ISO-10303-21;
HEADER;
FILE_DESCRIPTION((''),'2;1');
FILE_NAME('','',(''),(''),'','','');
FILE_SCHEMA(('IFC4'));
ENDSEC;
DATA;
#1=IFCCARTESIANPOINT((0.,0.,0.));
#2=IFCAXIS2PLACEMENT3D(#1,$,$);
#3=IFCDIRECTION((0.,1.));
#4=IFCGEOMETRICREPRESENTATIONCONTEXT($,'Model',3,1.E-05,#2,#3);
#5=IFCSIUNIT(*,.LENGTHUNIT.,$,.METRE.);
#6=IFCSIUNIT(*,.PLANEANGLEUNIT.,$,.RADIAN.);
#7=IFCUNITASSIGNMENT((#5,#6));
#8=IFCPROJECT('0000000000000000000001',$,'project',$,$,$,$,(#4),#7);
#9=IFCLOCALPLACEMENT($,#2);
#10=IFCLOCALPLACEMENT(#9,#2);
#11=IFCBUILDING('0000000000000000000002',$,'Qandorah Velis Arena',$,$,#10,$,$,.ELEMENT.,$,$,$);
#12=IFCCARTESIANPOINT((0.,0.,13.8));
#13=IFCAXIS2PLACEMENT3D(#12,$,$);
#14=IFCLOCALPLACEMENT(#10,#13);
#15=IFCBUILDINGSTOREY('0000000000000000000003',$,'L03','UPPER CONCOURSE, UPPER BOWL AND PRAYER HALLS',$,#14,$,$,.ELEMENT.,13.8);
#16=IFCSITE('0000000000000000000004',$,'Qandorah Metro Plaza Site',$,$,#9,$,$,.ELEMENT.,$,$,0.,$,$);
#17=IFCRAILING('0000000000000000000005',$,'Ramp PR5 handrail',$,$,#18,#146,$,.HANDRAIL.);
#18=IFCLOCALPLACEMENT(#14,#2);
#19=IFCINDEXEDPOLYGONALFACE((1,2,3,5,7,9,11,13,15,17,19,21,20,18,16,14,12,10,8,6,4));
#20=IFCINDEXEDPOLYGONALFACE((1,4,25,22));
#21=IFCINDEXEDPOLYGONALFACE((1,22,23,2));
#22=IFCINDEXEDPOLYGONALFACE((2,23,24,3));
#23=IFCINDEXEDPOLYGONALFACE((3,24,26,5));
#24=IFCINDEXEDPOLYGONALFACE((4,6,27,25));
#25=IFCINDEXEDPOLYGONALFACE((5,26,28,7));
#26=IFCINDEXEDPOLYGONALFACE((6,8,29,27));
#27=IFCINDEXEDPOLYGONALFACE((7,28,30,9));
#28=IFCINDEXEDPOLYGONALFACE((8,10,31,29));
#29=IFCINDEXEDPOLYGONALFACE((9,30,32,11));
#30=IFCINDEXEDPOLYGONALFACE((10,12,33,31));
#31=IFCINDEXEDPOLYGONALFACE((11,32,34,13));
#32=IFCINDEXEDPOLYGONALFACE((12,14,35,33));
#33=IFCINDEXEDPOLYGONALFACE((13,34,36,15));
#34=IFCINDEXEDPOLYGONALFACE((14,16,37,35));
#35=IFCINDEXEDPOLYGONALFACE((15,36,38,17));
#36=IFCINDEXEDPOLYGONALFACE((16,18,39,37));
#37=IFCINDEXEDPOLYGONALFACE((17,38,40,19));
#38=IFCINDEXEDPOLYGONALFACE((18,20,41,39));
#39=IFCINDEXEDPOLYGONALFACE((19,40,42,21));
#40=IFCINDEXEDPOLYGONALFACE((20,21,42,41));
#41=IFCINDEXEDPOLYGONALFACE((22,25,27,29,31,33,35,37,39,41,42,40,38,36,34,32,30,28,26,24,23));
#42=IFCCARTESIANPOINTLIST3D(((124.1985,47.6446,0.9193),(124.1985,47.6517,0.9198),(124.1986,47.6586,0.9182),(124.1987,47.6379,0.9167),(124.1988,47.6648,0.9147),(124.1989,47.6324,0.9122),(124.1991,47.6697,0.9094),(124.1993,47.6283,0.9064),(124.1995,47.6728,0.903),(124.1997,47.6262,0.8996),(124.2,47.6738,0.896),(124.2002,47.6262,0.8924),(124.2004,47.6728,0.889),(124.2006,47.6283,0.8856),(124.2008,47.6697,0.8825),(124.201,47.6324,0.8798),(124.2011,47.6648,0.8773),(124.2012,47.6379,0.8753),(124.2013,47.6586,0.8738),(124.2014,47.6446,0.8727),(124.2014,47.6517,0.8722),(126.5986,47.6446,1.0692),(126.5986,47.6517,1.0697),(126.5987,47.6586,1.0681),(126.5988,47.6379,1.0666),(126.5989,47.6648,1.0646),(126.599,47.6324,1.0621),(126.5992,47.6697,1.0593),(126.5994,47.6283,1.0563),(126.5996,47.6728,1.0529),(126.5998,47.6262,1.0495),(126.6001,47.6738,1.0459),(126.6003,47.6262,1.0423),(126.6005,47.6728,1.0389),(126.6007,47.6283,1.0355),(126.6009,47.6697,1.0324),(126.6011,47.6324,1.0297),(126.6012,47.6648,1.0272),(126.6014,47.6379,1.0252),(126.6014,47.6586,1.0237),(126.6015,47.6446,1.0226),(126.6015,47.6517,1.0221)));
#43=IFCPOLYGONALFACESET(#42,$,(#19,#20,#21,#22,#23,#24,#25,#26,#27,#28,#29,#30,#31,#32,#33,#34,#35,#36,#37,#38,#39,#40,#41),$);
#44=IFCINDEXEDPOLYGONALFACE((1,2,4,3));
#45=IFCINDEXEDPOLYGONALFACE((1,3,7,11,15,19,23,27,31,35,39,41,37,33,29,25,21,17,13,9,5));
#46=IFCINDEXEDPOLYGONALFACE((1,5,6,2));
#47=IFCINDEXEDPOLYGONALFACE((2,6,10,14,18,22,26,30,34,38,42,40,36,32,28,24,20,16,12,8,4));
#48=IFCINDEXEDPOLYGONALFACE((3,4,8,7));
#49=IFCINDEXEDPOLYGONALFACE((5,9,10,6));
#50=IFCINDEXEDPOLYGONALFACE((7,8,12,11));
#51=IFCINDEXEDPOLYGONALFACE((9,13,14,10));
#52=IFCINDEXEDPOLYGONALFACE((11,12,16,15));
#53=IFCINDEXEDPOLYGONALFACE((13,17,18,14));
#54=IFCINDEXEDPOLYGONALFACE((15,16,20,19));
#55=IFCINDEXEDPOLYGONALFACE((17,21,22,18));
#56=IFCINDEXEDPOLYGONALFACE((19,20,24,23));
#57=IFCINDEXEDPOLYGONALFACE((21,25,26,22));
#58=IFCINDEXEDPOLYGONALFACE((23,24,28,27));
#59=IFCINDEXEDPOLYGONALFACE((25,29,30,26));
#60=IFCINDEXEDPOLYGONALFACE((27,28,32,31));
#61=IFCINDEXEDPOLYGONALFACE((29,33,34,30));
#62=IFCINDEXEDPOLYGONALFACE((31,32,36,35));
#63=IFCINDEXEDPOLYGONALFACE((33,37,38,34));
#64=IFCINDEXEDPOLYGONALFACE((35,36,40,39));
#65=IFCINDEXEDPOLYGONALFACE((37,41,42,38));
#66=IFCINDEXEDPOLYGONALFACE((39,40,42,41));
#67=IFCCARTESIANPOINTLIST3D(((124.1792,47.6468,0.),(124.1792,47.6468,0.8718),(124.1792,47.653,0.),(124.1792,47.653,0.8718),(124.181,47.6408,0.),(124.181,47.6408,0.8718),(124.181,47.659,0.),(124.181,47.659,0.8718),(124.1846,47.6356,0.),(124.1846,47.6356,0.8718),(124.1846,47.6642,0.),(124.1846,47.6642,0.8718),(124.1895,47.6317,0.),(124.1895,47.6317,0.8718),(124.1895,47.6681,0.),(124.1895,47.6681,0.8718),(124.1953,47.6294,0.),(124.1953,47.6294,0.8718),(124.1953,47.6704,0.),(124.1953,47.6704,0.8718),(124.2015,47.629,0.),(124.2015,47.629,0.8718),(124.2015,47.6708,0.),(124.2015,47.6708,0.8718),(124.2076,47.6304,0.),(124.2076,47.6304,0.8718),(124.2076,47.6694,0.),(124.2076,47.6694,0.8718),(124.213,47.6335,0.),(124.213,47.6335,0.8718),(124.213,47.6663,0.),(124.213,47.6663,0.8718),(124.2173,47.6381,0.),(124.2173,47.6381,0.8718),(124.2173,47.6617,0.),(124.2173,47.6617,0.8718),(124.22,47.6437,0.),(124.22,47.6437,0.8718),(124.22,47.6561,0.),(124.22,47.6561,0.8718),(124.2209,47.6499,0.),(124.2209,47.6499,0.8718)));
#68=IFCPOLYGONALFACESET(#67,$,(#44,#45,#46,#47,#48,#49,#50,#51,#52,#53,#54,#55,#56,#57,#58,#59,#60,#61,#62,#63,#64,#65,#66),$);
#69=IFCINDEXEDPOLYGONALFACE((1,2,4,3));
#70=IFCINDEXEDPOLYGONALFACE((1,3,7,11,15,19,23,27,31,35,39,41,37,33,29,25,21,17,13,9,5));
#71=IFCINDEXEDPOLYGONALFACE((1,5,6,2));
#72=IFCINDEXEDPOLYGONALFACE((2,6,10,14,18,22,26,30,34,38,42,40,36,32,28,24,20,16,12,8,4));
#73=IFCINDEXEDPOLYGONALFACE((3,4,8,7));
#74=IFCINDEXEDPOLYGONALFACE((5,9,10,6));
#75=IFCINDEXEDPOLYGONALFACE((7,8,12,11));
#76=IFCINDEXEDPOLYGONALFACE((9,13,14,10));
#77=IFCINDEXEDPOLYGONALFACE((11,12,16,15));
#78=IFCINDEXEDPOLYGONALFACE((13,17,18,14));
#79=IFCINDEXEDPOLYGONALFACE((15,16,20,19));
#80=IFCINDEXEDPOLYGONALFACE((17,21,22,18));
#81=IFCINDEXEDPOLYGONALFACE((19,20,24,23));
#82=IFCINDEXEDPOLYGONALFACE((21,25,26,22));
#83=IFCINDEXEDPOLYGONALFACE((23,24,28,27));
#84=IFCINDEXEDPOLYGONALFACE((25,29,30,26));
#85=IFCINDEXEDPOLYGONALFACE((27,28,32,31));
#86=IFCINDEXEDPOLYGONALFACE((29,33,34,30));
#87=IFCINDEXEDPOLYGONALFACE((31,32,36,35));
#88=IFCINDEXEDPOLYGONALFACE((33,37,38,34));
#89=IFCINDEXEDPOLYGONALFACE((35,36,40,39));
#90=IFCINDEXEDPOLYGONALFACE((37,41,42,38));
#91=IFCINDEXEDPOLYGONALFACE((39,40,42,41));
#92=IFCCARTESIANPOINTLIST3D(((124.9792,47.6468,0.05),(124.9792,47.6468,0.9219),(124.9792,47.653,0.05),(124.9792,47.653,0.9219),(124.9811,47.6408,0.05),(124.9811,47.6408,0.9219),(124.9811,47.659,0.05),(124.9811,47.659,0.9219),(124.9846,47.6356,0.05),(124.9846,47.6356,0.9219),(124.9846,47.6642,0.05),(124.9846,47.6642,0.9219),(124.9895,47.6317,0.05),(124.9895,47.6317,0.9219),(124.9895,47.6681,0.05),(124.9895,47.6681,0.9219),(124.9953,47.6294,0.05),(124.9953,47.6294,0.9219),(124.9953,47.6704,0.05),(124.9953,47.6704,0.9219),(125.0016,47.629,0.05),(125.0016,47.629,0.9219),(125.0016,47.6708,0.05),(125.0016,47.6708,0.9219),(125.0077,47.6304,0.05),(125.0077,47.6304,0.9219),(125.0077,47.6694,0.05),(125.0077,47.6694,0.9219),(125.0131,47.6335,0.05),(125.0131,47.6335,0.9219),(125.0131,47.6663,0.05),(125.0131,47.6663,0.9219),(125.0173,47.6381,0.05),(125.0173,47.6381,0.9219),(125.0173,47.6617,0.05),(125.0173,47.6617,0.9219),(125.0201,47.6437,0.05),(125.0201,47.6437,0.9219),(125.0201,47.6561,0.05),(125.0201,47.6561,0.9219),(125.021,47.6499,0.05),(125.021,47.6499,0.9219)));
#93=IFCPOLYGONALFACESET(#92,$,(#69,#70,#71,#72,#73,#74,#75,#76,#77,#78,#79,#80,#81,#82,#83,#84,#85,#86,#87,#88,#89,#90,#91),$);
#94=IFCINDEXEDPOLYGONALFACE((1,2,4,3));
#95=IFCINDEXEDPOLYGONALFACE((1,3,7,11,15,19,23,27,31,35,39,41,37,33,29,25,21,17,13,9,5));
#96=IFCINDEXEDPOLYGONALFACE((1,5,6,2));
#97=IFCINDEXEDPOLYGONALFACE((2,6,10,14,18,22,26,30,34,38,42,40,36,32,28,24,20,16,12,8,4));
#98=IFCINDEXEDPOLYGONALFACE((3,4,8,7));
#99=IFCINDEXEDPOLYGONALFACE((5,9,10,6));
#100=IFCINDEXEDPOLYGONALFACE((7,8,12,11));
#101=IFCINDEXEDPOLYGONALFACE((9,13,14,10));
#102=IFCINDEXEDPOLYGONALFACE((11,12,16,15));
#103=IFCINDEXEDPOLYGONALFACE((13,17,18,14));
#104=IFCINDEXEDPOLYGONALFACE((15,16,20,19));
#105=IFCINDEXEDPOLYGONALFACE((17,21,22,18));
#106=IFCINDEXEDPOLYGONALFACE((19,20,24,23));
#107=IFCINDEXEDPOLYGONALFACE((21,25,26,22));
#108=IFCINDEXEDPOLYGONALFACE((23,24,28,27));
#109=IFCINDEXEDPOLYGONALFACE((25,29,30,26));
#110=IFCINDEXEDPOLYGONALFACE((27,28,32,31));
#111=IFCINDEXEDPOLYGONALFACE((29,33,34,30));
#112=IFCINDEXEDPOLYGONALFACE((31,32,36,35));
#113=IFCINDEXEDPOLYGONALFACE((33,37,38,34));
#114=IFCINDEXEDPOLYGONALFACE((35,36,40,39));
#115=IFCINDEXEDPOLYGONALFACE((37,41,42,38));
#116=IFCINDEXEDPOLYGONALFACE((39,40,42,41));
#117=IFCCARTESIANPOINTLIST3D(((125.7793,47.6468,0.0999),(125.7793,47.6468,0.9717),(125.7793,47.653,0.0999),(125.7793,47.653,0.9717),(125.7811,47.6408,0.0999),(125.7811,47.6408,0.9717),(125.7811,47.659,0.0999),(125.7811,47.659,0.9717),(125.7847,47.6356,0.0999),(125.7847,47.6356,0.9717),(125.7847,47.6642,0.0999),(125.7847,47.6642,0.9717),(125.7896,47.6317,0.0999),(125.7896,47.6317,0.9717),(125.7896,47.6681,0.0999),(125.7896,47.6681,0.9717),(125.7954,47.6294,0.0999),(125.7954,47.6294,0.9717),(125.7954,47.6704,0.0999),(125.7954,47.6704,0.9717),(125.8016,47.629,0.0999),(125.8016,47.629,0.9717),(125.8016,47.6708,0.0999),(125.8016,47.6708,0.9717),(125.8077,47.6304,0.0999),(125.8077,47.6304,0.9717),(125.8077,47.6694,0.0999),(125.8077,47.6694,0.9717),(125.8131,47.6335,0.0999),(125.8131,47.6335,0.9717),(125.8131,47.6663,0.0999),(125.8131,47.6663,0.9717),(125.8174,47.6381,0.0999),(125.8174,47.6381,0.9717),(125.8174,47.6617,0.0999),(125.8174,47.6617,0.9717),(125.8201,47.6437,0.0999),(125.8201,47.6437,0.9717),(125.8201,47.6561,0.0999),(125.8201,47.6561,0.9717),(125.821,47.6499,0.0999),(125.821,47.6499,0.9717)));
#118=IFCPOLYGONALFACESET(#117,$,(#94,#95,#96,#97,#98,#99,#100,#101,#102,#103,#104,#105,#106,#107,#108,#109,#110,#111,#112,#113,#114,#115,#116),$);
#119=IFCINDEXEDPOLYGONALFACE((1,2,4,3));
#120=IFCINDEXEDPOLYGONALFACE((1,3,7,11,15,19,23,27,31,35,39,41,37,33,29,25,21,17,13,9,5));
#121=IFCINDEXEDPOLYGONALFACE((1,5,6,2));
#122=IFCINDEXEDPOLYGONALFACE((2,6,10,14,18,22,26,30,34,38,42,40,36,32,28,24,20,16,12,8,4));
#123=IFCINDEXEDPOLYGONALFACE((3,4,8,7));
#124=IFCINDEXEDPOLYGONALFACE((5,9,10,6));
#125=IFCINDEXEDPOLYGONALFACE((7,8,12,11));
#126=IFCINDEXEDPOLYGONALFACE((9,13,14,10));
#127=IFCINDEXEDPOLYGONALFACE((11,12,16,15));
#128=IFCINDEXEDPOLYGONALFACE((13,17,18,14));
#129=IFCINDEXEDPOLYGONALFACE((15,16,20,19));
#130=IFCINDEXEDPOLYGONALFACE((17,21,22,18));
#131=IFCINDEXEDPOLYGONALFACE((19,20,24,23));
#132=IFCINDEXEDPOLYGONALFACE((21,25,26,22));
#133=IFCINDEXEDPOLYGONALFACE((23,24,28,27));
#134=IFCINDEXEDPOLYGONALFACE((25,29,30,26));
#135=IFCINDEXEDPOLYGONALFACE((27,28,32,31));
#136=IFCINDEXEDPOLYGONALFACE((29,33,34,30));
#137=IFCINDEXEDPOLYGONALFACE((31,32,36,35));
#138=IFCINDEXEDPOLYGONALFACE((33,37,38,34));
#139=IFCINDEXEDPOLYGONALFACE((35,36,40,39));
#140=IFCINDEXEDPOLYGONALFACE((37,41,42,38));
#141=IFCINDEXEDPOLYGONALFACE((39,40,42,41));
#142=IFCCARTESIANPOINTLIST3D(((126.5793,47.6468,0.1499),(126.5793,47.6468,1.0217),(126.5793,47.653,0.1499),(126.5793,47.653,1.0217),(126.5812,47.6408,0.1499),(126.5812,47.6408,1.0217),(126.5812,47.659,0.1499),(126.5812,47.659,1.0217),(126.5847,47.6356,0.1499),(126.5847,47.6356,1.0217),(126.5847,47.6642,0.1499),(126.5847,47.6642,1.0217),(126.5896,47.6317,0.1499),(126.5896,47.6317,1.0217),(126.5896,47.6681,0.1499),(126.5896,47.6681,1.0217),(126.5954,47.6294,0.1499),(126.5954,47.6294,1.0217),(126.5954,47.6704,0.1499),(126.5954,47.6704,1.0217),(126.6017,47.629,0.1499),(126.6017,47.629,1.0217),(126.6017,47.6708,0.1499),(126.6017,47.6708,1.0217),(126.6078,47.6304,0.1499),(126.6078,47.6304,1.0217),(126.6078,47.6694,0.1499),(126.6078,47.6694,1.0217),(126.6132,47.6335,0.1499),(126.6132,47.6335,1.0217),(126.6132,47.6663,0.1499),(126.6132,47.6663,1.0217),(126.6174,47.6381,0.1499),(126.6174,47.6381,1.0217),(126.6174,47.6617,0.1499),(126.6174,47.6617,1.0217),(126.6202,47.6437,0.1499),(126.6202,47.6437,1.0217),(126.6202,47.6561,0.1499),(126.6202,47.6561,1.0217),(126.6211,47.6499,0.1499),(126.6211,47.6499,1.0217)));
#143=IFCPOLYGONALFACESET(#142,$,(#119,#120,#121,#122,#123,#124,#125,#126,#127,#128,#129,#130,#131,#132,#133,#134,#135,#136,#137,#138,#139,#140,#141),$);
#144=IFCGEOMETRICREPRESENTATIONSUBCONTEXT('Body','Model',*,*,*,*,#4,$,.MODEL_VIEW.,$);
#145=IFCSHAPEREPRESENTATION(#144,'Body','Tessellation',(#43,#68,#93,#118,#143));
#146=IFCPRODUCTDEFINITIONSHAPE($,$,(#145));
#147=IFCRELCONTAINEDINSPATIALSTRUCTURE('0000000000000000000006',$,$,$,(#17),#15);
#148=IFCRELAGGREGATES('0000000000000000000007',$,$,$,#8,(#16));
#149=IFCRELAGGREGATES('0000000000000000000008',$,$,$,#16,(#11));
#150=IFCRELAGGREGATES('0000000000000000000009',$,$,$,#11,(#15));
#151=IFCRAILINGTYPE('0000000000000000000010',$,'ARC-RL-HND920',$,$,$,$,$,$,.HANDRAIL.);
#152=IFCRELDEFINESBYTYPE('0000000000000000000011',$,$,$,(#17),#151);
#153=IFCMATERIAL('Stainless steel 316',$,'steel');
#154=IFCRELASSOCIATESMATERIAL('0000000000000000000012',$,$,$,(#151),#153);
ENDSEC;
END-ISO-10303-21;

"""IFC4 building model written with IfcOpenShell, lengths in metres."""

from ifc_helpers import new_model, si_unit, direction, frame, origin, origin_2d, place, context, subcontext, project, spatial, circle, extrude, material, type_object, element, save


model = new_model("IFC4")

# Units and contexts
model_context = context("Model", 3, precision=1e-05, world=origin(), true_north=direction((0.0, 1.0)))
body_context = subcontext(model_context, "Body", "Model", "MODEL_VIEW")
ifc_project = project(units=[si_unit("LENGTHUNIT", "METRE"), si_unit("PLANEANGLEUNIT", "RADIAN")], contexts=[model_context])

# Site, building, storey
site_placement = place(None, origin())
site = spatial("IfcSite", under=ifc_project, at=site_placement, Name="Qandorah Metro Plaza Site", CompositionType="ELEMENT", RefElevation=0.0)
building_placement = place(site_placement, origin())
building = spatial("IfcBuilding", under=site, at=building_placement, Name="Qandorah Velis Arena", CompositionType="ELEMENT")
storey_placement = place(building_placement, frame((0.0, 0.0, 13.8)))
storey = spatial("IfcBuildingStorey", under=building, at=storey_placement, Name="L03", Description="UPPER CONCOURSE, UPPER BOWL AND PRAYER HALLS", CompositionType="ELEMENT", Elevation=13.8)

# Railing
ifc_material_1 = material(Name="Stainless steel 316", Category="steel")
railing_type = type_object("IfcRailingType", Name="ARC-RL-HND920", PredefinedType="HANDRAIL", material=ifc_material_1)
railing_placement = place(storey_placement, frame((124.2, 47.6499, 0.0)))
element("IfcRailing", 1, at=railing_placement, inside=storey, type_object=railing_type, Name="Ramp PR5 handrail", PredefinedType="HANDRAIL", context=body_context, shape_type="SweptSolid", body=[
    extrude(circle(Radius=0.0239, at=origin_2d()), frame((0.0, 0.0, 0.896), z_axis=(0.998055, 0.0, 0.062334), x_axis=(0.0, 1.0, 0.0)), (0.0, 0.0, 1.0), 2.4048),
    extrude(circle(Radius=0.021, at=origin_2d()), origin(), (0.0, 0.0, 1.0), 0.8718),
    extrude(circle(Radius=0.021, at=origin_2d()), frame((0.8, 0.0, 0.05)), (0.0, 0.0, 1.0), 0.8718),
    extrude(circle(Radius=0.021, at=origin_2d()), frame((1.6001, 0.0, 0.0999)), (0.0, 0.0, 1.0), 0.8718),
    extrude(circle(Radius=0.021, at=origin_2d()), frame((2.4001, 0.0, 0.1499)), (0.0, 0.0, 1.0), 0.8718),
])

save(model, "model.ifc")
